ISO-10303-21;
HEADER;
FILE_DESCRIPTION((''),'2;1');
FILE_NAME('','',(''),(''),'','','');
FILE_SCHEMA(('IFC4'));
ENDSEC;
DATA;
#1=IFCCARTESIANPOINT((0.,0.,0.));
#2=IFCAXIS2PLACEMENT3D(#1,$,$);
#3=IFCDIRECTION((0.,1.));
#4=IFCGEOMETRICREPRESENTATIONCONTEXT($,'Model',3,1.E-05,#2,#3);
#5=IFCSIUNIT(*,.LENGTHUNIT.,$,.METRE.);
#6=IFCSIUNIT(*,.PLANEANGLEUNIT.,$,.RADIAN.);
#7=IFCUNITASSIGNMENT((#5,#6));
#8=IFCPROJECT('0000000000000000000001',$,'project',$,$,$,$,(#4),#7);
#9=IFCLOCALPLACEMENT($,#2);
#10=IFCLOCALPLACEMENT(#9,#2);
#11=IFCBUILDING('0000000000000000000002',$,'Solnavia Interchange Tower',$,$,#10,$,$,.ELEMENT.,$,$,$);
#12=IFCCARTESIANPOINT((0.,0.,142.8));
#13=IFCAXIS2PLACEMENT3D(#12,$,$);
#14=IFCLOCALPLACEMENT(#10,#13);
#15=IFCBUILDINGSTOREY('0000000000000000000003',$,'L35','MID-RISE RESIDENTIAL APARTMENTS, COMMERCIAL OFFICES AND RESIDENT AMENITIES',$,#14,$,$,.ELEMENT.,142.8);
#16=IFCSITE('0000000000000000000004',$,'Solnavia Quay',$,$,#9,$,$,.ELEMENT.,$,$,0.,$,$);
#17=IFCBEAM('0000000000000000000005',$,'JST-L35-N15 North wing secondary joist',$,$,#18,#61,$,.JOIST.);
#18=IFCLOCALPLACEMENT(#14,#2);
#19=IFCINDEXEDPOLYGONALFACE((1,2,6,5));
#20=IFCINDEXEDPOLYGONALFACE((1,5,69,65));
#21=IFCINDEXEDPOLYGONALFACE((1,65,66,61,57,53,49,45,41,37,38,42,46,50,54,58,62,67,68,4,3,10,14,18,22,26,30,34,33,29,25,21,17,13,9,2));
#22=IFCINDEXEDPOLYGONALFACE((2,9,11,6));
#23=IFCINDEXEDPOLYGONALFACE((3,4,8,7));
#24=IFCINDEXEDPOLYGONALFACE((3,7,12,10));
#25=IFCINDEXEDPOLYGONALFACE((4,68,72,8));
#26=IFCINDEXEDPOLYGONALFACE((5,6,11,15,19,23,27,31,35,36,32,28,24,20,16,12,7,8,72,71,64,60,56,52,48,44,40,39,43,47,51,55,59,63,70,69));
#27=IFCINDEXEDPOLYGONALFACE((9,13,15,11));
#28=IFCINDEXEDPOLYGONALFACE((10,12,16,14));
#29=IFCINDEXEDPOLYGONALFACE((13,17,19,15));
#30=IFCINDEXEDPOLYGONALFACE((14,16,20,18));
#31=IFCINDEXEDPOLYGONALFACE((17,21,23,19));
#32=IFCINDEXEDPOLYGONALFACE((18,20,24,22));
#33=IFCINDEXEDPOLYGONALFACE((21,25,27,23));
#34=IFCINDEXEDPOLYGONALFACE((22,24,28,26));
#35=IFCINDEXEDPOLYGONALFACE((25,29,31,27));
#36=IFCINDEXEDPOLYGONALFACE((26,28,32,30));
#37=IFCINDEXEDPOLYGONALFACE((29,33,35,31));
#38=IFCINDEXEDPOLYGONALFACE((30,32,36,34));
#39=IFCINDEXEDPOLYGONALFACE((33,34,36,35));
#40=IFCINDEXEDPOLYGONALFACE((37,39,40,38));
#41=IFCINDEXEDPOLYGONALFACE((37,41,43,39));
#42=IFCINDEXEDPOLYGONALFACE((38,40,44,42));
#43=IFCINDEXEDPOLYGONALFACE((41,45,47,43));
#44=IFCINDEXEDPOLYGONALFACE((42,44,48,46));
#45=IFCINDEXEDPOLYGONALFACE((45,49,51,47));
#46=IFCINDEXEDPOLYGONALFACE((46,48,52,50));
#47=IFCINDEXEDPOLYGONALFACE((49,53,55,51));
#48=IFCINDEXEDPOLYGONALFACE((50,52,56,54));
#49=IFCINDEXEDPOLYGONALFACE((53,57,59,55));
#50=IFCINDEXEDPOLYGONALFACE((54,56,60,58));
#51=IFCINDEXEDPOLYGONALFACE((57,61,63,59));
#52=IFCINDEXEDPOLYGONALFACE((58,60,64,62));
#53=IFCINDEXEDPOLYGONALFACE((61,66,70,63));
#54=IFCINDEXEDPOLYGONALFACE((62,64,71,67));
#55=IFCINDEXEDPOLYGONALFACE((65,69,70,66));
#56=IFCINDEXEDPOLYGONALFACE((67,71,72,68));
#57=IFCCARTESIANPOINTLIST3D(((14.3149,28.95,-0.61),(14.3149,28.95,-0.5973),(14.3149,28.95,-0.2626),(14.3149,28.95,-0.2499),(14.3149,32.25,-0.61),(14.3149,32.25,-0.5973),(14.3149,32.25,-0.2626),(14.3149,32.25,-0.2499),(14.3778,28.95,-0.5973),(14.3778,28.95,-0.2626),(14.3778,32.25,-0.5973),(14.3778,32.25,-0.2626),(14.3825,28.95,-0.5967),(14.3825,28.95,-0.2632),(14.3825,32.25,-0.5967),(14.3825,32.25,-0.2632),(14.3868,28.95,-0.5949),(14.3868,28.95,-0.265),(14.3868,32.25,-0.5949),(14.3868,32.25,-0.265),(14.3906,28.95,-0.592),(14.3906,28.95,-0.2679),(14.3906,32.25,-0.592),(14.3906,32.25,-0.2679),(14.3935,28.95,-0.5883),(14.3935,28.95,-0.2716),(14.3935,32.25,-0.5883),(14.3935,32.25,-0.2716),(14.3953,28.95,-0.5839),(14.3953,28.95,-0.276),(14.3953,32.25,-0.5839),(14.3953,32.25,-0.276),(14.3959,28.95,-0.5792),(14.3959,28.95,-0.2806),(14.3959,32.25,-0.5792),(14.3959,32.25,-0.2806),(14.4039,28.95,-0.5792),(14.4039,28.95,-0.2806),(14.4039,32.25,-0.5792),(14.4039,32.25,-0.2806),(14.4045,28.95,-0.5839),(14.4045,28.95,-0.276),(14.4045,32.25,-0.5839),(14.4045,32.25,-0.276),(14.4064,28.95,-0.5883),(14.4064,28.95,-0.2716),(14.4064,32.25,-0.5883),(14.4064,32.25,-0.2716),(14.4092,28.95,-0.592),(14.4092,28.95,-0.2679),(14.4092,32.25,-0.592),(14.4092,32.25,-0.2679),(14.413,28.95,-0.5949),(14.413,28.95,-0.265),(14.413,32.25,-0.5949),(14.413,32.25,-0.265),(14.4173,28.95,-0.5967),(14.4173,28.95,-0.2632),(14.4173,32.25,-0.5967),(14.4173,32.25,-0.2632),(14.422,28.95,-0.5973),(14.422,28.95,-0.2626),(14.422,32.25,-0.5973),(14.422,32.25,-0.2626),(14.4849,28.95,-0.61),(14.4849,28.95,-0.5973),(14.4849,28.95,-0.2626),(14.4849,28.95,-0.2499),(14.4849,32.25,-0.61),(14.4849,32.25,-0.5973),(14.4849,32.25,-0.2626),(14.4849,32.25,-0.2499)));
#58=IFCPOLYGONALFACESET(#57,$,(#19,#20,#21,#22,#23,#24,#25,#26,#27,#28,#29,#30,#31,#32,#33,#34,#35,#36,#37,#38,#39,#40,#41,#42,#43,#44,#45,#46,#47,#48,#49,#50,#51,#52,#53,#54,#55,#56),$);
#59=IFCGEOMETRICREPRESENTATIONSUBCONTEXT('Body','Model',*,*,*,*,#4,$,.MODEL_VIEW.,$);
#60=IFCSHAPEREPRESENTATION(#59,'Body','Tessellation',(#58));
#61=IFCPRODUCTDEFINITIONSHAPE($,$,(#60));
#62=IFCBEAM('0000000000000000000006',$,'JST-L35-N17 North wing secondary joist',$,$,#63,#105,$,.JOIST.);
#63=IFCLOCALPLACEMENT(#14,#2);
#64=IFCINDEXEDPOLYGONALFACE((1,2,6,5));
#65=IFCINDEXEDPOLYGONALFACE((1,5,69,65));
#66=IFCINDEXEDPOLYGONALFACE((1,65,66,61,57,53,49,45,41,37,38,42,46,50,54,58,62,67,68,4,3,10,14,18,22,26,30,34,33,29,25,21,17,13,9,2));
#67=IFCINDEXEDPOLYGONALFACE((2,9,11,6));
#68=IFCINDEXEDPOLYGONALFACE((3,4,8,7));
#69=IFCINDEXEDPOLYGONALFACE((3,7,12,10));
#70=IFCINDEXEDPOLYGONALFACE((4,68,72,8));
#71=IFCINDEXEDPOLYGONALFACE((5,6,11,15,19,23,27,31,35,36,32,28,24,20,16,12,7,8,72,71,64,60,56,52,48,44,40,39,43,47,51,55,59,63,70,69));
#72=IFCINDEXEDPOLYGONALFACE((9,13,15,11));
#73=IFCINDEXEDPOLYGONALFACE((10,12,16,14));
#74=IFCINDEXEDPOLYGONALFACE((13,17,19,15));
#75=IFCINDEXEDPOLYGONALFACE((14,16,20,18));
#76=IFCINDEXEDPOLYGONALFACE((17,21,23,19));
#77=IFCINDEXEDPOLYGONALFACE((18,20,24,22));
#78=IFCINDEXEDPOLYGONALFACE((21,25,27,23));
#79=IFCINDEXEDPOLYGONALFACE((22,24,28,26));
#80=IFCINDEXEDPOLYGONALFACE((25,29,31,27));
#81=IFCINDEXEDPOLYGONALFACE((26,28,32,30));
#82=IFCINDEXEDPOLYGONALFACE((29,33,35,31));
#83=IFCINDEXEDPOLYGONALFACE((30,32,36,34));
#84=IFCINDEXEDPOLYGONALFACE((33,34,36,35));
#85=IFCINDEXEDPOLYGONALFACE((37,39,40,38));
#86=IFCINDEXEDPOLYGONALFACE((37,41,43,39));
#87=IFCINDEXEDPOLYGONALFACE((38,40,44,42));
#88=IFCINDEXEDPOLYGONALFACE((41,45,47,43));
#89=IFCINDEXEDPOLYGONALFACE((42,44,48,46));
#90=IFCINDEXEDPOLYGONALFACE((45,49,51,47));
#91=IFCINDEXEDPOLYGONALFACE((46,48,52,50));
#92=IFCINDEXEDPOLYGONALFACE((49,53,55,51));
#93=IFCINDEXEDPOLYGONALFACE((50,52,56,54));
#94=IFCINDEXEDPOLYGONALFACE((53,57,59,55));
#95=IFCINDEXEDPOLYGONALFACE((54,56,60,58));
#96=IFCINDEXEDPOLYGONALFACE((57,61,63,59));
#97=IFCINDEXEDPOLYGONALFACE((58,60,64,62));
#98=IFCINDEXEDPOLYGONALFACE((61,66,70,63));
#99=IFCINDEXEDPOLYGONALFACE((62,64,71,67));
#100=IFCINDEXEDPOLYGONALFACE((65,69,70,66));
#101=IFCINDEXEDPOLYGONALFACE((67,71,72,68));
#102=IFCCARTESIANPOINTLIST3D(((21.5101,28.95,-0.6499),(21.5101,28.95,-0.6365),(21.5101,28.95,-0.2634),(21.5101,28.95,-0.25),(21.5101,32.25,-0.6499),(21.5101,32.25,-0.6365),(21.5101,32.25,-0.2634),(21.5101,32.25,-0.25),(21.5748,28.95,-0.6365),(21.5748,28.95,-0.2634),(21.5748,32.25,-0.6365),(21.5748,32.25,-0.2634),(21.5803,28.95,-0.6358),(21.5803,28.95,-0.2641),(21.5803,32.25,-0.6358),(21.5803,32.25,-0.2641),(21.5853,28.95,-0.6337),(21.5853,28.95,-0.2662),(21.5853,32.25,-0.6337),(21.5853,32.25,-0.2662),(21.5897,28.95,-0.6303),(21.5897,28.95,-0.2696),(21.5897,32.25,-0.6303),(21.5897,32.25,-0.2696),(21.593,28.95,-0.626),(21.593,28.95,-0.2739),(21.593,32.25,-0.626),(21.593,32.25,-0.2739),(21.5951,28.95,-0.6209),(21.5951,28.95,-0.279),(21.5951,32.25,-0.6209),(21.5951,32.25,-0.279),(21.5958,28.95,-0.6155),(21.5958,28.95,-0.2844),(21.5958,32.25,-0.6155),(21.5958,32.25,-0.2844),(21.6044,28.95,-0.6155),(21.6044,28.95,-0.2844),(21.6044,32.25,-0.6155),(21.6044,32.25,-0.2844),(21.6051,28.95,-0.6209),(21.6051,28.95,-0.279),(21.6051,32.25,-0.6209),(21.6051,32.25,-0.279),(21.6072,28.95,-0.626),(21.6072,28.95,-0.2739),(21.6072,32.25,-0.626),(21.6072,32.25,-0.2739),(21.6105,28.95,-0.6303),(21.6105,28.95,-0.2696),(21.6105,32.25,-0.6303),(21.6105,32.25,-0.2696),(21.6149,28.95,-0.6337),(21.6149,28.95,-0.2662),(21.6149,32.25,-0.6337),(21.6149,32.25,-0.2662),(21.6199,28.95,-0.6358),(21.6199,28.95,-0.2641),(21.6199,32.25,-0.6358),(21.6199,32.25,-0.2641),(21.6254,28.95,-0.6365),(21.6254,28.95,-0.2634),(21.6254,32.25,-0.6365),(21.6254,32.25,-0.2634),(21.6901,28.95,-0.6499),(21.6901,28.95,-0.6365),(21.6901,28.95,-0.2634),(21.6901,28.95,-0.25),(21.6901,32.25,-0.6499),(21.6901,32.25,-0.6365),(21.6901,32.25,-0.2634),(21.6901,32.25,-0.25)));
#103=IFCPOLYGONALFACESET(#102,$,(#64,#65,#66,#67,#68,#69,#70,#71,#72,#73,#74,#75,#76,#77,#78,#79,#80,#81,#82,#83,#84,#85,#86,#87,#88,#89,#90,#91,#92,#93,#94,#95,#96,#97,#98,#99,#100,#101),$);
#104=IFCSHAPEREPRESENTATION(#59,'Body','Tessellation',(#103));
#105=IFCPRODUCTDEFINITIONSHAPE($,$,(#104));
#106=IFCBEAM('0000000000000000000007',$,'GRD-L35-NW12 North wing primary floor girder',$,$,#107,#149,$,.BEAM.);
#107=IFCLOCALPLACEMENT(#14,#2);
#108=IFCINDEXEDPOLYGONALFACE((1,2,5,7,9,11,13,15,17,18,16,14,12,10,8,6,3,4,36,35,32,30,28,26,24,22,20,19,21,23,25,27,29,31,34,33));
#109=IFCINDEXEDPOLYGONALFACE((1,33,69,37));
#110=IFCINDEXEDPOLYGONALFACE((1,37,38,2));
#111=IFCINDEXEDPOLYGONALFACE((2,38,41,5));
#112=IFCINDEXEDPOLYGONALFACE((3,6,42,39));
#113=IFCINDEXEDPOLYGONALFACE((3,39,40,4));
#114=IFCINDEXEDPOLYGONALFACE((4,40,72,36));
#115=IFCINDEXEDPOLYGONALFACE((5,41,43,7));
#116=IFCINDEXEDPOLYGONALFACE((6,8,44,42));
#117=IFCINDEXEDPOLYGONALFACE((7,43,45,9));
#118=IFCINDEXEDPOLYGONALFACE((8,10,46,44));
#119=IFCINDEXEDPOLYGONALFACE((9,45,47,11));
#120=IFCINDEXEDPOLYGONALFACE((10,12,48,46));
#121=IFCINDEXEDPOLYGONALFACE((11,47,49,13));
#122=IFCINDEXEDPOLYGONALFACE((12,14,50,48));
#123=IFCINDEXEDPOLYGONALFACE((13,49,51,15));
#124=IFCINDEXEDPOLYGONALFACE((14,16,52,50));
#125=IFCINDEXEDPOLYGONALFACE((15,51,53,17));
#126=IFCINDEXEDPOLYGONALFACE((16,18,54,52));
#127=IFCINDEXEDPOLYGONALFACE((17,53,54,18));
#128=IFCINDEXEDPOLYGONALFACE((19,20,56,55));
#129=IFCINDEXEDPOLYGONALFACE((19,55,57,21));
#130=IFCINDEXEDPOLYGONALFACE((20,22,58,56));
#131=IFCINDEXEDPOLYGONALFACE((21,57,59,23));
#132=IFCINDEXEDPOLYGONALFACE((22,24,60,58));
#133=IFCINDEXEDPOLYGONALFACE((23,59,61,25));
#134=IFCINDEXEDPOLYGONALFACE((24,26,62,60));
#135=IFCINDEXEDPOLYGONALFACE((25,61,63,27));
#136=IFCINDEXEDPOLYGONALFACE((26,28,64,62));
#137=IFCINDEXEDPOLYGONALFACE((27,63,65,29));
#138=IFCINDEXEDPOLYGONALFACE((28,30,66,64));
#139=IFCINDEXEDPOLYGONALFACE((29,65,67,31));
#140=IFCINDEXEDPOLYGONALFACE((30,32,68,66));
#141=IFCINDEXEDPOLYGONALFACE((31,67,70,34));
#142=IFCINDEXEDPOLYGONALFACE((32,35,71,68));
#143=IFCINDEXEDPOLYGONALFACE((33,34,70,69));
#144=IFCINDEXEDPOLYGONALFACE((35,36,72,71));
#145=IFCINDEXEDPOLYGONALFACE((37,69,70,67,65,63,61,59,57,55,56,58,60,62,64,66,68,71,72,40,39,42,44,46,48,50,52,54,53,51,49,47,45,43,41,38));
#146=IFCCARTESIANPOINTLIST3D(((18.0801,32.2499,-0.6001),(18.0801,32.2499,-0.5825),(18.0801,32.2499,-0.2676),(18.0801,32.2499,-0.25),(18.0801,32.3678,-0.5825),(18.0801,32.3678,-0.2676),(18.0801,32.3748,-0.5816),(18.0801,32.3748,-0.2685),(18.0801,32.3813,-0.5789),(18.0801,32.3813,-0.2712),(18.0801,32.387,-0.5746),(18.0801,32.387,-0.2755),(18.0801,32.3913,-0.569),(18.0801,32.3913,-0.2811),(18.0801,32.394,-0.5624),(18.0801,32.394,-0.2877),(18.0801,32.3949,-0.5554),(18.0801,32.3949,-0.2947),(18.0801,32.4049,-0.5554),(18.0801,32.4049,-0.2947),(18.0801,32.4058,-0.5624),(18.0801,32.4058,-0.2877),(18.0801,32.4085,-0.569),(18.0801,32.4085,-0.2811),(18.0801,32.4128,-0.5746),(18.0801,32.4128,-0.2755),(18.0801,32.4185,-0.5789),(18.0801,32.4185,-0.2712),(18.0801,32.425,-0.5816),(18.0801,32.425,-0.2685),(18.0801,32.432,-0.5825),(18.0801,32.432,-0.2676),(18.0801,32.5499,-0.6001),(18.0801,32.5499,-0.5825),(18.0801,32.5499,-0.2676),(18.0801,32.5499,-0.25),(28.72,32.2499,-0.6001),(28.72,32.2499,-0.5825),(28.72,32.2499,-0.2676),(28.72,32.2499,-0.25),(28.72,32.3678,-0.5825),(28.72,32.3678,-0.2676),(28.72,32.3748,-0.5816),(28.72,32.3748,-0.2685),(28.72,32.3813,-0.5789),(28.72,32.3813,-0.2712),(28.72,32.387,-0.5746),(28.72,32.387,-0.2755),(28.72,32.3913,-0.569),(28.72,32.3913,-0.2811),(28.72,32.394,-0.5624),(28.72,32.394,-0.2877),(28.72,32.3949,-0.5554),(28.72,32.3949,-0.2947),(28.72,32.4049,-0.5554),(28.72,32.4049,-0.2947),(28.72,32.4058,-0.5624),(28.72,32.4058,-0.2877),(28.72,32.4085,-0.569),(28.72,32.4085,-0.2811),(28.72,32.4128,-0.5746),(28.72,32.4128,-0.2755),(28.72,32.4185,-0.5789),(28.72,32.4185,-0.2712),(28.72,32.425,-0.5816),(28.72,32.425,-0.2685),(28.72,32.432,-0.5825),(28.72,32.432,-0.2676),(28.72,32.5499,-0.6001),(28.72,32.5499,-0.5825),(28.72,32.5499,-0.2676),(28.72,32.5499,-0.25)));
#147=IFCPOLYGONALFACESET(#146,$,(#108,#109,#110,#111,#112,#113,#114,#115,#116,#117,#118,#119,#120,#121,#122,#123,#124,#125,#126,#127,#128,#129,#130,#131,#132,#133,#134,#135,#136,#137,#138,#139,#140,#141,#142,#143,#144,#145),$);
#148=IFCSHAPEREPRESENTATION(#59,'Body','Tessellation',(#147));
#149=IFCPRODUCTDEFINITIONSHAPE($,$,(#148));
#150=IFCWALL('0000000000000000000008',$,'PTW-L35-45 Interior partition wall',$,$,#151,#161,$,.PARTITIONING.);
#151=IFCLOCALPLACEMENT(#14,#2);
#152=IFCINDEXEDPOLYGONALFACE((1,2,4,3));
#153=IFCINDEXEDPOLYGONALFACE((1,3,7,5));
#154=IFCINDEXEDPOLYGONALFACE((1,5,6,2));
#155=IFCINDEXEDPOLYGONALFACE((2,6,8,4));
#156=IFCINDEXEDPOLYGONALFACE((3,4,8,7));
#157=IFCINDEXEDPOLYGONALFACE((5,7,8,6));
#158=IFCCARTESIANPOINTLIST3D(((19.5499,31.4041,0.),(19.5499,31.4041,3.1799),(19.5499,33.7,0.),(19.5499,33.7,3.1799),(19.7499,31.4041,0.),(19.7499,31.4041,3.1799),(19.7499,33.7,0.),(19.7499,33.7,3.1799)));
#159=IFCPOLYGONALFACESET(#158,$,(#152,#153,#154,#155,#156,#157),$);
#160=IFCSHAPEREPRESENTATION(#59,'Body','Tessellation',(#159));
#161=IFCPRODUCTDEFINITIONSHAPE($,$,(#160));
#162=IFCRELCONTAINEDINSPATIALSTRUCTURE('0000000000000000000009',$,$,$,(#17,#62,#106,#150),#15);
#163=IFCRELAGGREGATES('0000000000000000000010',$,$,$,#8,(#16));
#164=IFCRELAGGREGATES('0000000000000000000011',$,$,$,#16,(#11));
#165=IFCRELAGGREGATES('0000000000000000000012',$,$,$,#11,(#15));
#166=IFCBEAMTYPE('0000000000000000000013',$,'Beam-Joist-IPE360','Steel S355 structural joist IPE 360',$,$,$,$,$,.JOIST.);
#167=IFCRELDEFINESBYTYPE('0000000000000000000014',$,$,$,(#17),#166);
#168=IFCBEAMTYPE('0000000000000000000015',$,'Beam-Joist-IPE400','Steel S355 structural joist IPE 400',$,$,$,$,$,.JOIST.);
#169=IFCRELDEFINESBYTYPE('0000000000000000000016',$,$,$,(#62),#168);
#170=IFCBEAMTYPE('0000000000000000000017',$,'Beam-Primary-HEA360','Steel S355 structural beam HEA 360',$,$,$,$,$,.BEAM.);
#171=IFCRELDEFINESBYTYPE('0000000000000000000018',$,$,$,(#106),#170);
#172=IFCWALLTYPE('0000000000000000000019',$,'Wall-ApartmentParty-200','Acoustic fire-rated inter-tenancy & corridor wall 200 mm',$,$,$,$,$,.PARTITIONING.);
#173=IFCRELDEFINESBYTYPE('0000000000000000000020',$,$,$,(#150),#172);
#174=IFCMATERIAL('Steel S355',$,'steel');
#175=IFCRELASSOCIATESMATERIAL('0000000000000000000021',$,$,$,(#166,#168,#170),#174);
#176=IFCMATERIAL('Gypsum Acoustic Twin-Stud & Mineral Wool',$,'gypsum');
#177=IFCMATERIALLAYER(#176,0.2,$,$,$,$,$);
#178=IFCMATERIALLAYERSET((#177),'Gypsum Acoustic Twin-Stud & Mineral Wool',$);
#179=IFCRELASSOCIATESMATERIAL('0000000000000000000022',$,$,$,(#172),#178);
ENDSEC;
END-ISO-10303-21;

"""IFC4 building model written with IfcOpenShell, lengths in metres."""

from ifc_helpers import new_model, si_unit, direction, frame, frame_2d, origin, origin_2d, place, context, subcontext, project, spatial, rectangle, i_section, extrude, material, layer, layer_set, material_profile, profile_set, type_object, element, save


model = new_model("IFC4")

# Units and contexts
model_context = context("Model", 3, precision=1e-05, world=origin(), true_north=direction((0.0, 1.0)))
body_context = subcontext(model_context, "Body", "Model", "MODEL_VIEW")
ifc_project = project(units=[si_unit("LENGTHUNIT", "METRE"), si_unit("PLANEANGLEUNIT", "RADIAN")], contexts=[model_context])

# Site, building, storey
site_placement = place(None, origin())
site = spatial("IfcSite", under=ifc_project, at=site_placement, Name="Solnavia Quay", CompositionType="ELEMENT", RefElevation=0.0)
building_placement = place(site_placement, origin())
building = spatial("IfcBuilding", under=site, at=building_placement, Name="Solnavia Interchange Tower", CompositionType="ELEMENT")
storey_placement = place(building_placement, frame((0.0, 0.0, 142.8)))
storey = spatial("IfcBuildingStorey", under=building, at=storey_placement, Name="L35", Description="MID-RISE RESIDENTIAL APARTMENTS, COMMERCIAL OFFICES AND RESIDENT AMENITIES", CompositionType="ELEMENT", Elevation=142.8)

# Shared definitions
ifc_material_1 = material(Name="Steel S355", Category="steel")

# Beams
ifc_material_profile_1 = material_profile(ifc_material_1, i_section(OverallWidth=0.1699, OverallDepth=0.3601, WebThickness=0.0081, FlangeThickness=0.0127, FilletRadius=0.0181, at=origin_2d()), Name="IPE 360")
ifc_profile_set_1 = profile_set([ifc_material_profile_1], Name="Steel S355")
beam_type_1 = type_object("IfcBeamType", Name="Beam-Joist-IPE360", Description="Steel S355 structural joist IPE 360", PredefinedType="JOIST", material=ifc_profile_set_1)
beam_1_placement = place(storey_placement, frame((14.3999, 28.95, -0.4299), z_axis=(0.0, 1.0, 0.0), x_axis=(-1.0, 0.0, 0.0)))
element("IfcBeam", 1, at=beam_1_placement, inside=storey, type_object=beam_type_1, Name="JST-L35-N15 North wing secondary joist", PredefinedType="JOIST", context=body_context, shape_type="SweptSolid", body=[
    extrude(i_section(OverallWidth=0.1699, OverallDepth=0.3601, WebThickness=0.0081, FlangeThickness=0.0127, FilletRadius=0.0181, at=origin_2d()), origin(), (0.0, 0.0, 1.0), 3.3),
])
ifc_material_profile_2 = material_profile(ifc_material_1, i_section(OverallWidth=0.1799, OverallDepth=0.3999, WebThickness=0.0085, FlangeThickness=0.0134, FilletRadius=0.021, at=origin_2d()), Name="IPE 400")
ifc_profile_set_2 = profile_set([ifc_material_profile_2], Name="Steel S355")
beam_type_2 = type_object("IfcBeamType", Name="Beam-Joist-IPE400", Description="Steel S355 structural joist IPE 400", PredefinedType="JOIST", material=ifc_profile_set_2)
beam_2_placement = place(storey_placement, frame((21.6001, 28.95, -0.45), z_axis=(0.0, 1.0, 0.0), x_axis=(-1.0, 0.0, 0.0)))
element("IfcBeam", 2, at=beam_2_placement, inside=storey, type_object=beam_type_2, Name="JST-L35-N17 North wing secondary joist", PredefinedType="JOIST", context=body_context, shape_type="SweptSolid", body=[
    extrude(i_section(OverallWidth=0.1799, OverallDepth=0.3999, WebThickness=0.0085, FlangeThickness=0.0134, FilletRadius=0.021, at=origin_2d()), origin(), (0.0, 0.0, 1.0), 3.3),
])
ifc_material_profile_3 = material_profile(ifc_material_1, i_section(OverallWidth=0.3, OverallDepth=0.3501, WebThickness=0.01, FlangeThickness=0.0176, FilletRadius=0.0271, at=origin_2d()), Name="HEA 360")
ifc_profile_set_3 = profile_set([ifc_material_profile_3], Name="Steel S355")
beam_type_3 = type_object("IfcBeamType", Name="Beam-Primary-HEA360", Description="Steel S355 structural beam HEA 360", PredefinedType="BEAM", material=ifc_profile_set_3)
beam_3_placement = place(storey_placement, frame((18.0801, 32.3999, -0.425), z_axis=(1.0, 0.0, 0.0), x_axis=(0.0, 1.0, 0.0)))
element("IfcBeam", 3, at=beam_3_placement, inside=storey, type_object=beam_type_3, Name="GRD-L35-NW12 North wing primary floor girder", PredefinedType="BEAM", context=body_context, shape_type="SweptSolid", body=[
    extrude(i_section(OverallWidth=0.3, OverallDepth=0.3501, WebThickness=0.01, FlangeThickness=0.0176, FilletRadius=0.0271, at=origin_2d()), origin(), (0.0, 0.0, 1.0), 10.6399),
])

# Wall
ifc_material_2 = material(Name="Gypsum Acoustic Twin-Stud & Mineral Wool", Category="gypsum")
ifc_layer_1 = layer(ifc_material_2, 0.2)
ifc_layer_set_1 = layer_set([ifc_layer_1], Name="Gypsum Acoustic Twin-Stud & Mineral Wool")
wall_type_1 = type_object("IfcWallType", Name="Wall-ApartmentParty-200", Description="Acoustic fire-rated inter-tenancy & corridor wall 200 mm", PredefinedType="PARTITIONING", material=ifc_layer_set_1)
wall_1_placement = place(storey_placement, frame((19.6499, 31.4041, 0.0), z_axis=(0.0, 0.0, 1.0), x_axis=(0.0, 1.0, 0.0)))
element("IfcWall", 4, at=wall_1_placement, inside=storey, type_object=wall_type_1, Name="PTW-L35-45 Interior partition wall", PredefinedType="PARTITIONING", context=body_context, shape_type="SweptSolid", body=[
    extrude(rectangle(XDim=2.2959, YDim=0.2, at=frame_2d((1.1479, 0.0))), origin(), (0.0, 0.0, 1.0), 3.1799),
])

save(model, "model.ifc")
